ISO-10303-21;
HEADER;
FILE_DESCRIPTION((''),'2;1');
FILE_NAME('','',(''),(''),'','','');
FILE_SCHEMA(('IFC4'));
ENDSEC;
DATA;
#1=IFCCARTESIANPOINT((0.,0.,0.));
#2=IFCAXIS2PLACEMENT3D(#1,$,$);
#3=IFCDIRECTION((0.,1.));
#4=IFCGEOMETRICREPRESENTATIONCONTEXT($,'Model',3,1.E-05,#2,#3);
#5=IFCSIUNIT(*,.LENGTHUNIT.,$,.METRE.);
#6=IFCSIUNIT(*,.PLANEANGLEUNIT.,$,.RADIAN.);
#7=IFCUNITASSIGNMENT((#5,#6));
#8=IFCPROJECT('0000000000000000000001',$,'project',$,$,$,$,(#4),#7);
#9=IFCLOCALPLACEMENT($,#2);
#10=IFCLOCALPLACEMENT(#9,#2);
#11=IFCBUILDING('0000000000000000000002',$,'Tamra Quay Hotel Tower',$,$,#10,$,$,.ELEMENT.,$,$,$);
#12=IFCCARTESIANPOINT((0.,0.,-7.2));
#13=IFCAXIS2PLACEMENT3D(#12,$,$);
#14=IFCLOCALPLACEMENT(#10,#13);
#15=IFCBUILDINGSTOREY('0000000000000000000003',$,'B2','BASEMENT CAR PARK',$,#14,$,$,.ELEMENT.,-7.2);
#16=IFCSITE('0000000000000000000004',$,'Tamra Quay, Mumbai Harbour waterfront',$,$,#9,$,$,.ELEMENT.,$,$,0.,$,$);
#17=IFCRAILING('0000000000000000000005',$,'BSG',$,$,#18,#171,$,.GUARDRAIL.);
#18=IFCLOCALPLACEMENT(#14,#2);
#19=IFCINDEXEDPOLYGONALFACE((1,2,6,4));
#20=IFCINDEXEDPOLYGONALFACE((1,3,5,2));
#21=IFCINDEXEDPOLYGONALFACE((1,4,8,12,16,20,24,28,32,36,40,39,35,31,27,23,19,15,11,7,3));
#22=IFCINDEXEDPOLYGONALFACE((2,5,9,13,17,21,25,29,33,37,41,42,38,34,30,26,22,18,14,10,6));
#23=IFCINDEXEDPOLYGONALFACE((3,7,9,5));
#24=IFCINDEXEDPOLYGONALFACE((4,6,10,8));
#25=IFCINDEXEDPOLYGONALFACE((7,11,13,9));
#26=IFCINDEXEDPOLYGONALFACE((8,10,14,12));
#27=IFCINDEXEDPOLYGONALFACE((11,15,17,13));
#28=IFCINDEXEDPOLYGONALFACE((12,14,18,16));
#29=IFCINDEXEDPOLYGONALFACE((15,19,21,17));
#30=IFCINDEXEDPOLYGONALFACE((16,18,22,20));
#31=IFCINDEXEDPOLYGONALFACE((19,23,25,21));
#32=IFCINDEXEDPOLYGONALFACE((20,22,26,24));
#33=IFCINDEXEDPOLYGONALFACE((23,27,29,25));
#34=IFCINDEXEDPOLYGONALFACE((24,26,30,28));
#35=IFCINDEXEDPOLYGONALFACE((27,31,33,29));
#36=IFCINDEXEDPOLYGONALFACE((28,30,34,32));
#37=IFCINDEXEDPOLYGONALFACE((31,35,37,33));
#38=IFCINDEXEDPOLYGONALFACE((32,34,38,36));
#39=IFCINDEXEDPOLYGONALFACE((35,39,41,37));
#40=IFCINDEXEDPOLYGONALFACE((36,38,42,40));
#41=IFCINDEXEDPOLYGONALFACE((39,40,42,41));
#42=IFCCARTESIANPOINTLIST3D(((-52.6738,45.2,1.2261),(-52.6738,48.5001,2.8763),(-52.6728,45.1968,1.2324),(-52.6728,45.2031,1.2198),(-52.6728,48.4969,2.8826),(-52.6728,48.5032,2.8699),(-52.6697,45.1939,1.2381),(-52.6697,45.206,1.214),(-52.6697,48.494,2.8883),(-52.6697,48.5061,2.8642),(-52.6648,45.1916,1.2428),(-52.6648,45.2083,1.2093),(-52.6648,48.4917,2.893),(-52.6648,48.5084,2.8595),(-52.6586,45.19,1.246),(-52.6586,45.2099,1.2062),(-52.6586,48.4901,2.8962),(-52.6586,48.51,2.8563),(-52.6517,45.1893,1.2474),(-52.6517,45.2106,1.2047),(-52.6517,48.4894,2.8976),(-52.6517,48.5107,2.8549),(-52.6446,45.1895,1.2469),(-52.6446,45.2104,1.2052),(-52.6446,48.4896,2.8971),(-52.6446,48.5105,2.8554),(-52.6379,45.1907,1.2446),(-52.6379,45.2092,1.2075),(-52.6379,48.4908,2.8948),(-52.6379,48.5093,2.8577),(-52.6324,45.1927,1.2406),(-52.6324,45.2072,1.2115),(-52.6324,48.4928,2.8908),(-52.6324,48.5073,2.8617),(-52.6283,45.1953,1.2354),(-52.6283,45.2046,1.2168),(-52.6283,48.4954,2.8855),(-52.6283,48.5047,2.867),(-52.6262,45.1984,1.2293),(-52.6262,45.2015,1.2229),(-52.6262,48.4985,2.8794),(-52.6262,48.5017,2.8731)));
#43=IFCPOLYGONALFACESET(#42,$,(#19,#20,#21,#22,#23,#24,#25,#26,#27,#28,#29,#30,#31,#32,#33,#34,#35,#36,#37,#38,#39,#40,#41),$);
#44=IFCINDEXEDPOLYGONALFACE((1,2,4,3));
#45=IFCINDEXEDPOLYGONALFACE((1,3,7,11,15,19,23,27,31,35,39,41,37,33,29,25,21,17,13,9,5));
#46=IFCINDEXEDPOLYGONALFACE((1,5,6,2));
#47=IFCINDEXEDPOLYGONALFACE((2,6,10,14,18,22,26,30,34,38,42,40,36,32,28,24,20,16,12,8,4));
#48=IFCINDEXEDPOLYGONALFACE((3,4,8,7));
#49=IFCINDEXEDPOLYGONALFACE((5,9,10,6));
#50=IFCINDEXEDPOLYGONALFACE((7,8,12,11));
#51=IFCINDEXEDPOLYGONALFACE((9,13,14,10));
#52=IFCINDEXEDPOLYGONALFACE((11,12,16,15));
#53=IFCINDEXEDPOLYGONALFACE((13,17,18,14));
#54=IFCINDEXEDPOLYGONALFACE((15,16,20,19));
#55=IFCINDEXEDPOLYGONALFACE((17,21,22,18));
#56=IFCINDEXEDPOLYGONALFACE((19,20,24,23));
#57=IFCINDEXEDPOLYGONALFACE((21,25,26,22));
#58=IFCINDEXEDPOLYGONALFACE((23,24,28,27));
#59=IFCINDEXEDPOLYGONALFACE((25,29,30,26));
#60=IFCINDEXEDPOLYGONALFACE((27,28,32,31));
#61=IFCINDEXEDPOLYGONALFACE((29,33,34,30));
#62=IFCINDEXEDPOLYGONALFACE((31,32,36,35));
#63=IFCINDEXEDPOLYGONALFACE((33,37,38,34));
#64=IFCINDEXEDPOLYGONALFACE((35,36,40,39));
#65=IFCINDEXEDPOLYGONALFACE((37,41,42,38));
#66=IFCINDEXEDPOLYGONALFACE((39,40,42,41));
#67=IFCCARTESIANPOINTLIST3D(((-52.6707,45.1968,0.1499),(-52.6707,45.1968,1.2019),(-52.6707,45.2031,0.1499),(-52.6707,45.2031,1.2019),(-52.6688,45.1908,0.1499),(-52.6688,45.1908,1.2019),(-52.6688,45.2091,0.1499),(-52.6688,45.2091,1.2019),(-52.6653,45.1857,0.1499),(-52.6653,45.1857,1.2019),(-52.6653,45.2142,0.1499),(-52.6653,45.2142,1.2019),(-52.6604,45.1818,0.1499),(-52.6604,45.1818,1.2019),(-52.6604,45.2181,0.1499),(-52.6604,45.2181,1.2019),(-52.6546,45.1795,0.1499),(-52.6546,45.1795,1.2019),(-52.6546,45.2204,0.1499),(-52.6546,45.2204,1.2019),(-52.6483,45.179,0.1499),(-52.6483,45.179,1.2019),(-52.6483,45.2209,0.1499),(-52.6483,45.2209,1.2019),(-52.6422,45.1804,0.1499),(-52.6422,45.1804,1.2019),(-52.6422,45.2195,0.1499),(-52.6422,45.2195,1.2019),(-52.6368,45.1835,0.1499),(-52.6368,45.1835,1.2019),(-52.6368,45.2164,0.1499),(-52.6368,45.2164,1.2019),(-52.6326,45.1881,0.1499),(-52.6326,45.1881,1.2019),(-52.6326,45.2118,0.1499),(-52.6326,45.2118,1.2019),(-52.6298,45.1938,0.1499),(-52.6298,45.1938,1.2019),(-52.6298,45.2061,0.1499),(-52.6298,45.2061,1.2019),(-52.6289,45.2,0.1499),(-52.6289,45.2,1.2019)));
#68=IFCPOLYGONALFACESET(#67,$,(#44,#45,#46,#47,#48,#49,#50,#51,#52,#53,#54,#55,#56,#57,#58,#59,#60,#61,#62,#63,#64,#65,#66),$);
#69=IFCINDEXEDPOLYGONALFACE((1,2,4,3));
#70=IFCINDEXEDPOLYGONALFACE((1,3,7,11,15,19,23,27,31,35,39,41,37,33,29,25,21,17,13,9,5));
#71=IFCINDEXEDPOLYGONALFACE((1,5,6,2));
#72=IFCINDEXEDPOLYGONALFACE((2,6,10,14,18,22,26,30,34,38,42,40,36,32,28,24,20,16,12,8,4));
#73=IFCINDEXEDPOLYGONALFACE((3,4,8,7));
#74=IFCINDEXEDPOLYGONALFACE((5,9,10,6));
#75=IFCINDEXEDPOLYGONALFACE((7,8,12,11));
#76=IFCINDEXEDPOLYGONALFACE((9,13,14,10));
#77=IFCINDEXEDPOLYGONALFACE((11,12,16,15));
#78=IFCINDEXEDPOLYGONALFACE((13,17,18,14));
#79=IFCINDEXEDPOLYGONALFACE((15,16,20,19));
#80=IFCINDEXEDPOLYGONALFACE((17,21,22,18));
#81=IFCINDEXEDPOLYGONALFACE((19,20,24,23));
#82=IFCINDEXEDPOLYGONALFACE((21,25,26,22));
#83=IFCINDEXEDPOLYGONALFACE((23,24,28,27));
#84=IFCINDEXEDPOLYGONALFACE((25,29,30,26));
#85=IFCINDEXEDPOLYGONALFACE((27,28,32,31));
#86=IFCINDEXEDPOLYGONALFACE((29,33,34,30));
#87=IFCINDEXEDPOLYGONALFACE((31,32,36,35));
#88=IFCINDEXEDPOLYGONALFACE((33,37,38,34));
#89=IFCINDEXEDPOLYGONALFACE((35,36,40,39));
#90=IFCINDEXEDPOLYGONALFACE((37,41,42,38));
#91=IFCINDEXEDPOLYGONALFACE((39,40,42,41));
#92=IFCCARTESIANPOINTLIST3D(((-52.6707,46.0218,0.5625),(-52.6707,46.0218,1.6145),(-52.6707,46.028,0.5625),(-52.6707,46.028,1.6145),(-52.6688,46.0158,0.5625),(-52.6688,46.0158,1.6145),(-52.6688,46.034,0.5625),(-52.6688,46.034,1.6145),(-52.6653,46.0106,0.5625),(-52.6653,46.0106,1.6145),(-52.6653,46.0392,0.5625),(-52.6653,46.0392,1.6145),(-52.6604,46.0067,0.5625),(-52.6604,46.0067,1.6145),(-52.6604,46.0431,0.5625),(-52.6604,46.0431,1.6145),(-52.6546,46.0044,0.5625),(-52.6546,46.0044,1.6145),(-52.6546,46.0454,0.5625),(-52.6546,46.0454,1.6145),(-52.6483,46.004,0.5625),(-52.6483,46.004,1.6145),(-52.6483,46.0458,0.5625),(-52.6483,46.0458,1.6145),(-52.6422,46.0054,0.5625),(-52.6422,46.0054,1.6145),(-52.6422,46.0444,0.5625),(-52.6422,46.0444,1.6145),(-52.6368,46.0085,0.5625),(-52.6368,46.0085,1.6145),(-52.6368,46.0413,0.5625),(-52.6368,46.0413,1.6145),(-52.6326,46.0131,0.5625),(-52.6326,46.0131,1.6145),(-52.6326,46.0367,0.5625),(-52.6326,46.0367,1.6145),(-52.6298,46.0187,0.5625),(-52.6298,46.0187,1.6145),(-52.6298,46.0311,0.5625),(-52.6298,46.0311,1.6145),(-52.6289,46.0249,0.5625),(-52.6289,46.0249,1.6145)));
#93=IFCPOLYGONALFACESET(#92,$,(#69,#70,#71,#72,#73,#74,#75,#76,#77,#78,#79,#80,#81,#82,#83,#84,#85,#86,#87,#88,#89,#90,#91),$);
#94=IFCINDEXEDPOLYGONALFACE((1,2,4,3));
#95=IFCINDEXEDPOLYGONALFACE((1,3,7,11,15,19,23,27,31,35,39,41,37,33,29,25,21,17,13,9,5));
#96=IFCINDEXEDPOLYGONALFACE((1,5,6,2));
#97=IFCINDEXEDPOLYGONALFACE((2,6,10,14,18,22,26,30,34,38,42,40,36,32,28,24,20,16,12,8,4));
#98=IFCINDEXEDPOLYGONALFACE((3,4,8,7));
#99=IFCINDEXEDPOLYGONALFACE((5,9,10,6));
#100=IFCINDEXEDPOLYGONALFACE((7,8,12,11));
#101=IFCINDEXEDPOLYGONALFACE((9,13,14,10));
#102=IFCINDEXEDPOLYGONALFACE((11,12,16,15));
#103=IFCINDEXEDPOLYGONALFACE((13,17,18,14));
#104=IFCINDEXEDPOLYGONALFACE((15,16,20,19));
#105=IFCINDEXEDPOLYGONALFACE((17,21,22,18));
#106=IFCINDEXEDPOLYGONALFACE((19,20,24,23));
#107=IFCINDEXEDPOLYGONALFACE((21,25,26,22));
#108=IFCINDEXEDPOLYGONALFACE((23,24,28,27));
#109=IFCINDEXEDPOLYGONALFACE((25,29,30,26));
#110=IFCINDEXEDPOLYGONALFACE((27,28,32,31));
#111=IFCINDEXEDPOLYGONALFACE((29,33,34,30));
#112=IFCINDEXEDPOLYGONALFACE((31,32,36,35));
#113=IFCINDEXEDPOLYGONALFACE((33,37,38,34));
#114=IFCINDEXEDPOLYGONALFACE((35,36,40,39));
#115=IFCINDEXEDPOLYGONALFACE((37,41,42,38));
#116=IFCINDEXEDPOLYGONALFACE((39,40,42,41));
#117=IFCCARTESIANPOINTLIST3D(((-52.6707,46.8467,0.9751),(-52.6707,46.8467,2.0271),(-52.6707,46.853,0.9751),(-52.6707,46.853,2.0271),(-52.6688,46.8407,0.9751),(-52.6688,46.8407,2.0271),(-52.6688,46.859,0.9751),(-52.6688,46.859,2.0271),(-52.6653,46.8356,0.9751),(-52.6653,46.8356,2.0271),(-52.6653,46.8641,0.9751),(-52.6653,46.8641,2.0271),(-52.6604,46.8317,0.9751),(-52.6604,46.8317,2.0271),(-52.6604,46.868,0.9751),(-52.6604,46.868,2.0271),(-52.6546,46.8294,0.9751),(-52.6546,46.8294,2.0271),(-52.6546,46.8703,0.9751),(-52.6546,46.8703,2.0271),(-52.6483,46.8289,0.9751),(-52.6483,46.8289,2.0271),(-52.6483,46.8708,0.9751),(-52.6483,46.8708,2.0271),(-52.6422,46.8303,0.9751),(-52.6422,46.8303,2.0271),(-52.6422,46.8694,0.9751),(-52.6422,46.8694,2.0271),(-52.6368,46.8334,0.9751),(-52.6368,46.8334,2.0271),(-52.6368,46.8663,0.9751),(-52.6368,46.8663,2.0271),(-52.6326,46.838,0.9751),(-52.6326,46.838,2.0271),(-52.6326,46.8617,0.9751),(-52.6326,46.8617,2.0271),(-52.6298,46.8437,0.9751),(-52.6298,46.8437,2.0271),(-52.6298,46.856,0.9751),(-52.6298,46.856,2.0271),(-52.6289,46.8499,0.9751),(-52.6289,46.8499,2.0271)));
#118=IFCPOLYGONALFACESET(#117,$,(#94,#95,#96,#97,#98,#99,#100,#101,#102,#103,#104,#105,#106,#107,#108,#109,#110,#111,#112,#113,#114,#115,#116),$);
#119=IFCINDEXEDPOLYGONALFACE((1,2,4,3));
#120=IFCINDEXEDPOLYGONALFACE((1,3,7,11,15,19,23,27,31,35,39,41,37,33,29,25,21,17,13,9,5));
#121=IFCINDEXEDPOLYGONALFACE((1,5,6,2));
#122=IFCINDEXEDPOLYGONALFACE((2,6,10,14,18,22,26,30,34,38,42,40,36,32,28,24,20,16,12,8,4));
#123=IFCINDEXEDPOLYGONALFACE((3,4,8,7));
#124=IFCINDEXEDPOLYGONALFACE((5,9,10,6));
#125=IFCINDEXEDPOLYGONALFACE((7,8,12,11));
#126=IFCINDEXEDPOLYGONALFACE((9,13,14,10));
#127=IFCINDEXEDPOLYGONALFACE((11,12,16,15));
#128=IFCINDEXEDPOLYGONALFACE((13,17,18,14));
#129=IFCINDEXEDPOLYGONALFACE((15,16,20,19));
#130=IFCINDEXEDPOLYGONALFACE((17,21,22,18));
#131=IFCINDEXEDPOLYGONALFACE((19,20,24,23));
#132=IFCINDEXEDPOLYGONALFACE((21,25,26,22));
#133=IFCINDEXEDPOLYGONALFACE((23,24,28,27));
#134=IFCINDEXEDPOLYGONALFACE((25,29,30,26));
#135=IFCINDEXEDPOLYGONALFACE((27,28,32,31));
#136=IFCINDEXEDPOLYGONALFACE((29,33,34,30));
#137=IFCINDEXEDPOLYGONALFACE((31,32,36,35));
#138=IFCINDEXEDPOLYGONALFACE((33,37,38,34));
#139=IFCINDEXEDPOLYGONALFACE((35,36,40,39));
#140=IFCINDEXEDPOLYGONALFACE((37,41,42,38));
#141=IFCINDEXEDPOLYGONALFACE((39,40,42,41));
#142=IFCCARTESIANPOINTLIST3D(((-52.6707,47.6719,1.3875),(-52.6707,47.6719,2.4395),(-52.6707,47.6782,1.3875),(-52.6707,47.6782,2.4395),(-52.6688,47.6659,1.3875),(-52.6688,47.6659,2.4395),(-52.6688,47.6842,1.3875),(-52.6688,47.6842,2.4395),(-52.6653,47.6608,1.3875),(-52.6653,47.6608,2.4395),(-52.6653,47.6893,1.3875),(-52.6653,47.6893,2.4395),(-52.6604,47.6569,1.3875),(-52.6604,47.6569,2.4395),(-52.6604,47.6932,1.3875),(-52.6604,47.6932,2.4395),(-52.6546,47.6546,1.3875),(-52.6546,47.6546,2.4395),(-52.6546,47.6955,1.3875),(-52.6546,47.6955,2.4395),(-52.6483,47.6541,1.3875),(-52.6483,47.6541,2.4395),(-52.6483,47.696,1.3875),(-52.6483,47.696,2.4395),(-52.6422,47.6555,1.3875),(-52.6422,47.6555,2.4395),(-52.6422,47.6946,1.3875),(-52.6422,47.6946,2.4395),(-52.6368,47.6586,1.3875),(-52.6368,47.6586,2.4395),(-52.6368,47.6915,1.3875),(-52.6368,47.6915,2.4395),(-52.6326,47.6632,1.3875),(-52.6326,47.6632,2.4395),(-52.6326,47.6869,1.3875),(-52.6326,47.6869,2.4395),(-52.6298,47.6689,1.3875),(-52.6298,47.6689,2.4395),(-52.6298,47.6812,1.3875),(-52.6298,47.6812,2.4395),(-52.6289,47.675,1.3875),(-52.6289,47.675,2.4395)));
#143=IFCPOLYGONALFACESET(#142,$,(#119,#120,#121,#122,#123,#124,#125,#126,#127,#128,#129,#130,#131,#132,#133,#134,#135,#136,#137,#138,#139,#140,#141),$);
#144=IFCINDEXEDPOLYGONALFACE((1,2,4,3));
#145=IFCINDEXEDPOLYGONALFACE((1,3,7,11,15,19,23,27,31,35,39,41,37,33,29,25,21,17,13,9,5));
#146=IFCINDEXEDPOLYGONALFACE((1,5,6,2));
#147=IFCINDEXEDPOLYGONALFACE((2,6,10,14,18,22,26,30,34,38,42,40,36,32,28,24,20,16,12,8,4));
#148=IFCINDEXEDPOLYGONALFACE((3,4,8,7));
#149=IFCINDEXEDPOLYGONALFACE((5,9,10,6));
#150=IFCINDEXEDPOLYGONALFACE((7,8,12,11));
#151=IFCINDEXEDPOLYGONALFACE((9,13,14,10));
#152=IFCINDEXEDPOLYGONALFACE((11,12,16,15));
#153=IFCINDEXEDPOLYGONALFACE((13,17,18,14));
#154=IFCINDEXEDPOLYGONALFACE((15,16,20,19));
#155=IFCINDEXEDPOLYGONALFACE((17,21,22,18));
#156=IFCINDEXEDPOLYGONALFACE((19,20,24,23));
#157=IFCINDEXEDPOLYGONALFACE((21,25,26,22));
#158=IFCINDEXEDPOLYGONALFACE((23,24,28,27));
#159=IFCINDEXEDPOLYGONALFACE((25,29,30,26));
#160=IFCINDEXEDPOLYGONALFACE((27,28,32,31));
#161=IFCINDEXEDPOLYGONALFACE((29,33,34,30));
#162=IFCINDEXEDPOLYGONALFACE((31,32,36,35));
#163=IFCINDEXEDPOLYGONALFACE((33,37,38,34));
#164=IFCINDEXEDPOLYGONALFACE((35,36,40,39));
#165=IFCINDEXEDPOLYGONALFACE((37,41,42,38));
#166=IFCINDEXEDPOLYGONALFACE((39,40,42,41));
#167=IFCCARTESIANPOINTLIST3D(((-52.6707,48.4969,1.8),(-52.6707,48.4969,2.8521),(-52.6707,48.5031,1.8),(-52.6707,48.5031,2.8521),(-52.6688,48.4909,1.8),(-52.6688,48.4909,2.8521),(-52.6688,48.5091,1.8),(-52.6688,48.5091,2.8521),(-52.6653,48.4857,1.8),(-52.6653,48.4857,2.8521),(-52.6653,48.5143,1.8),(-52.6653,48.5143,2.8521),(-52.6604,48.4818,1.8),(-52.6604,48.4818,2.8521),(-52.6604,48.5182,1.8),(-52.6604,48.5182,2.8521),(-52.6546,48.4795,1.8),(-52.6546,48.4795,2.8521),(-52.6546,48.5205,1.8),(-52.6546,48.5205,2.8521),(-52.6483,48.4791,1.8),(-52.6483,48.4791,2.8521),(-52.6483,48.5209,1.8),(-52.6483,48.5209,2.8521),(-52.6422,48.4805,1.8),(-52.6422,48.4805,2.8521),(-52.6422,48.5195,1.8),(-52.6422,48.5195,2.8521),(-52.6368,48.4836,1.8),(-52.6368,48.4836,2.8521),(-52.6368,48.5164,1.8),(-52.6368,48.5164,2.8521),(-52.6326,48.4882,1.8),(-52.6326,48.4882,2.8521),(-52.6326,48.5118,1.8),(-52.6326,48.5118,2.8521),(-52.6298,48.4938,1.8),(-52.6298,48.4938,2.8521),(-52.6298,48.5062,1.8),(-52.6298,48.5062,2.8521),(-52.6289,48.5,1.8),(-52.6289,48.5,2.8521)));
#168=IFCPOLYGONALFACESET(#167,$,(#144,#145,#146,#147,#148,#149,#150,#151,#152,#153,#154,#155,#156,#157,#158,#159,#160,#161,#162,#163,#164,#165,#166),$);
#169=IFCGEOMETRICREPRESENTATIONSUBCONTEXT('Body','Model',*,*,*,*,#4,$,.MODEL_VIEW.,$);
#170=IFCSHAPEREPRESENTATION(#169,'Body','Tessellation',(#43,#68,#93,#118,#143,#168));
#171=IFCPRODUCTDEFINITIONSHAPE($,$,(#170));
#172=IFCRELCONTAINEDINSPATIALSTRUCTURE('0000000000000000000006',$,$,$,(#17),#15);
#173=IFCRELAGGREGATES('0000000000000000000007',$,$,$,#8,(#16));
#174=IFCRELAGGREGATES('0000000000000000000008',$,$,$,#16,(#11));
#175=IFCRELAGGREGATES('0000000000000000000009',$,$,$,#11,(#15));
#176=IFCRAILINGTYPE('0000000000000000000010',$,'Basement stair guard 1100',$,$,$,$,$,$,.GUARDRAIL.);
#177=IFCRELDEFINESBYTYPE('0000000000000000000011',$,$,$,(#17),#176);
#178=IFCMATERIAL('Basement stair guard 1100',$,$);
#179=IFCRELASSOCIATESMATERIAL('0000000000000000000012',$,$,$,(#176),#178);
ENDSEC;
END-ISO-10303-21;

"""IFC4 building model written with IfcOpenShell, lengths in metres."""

from ifc_helpers import new_model, si_unit, direction, frame, origin, origin_2d, place, context, subcontext, project, spatial, circle, extrude, material, type_object, element, save


model = new_model("IFC4")

# Units and contexts
model_context = context("Model", 3, precision=1e-05, world=origin(), true_north=direction((0.0, 1.0)))
body_context = subcontext(model_context, "Body", "Model", "MODEL_VIEW")
ifc_project = project(units=[si_unit("LENGTHUNIT", "METRE"), si_unit("PLANEANGLEUNIT", "RADIAN")], contexts=[model_context])

# Site, building, storey
site_placement = place(None, origin())
site = spatial("IfcSite", under=ifc_project, at=site_placement, Name="Tamra Quay, Mumbai Harbour waterfront", CompositionType="ELEMENT", RefElevation=0.0)
building_placement = place(site_placement, origin())
building = spatial("IfcBuilding", under=site, at=building_placement, Name="Tamra Quay Hotel Tower", CompositionType="ELEMENT")
storey_placement = place(building_placement, frame((0.0, 0.0, -7.2)))
storey = spatial("IfcBuildingStorey", under=building, at=storey_placement, Name="B2", Description="BASEMENT CAR PARK", CompositionType="ELEMENT", Elevation=-7.2)

# Railing
ifc_material_1 = material(Name="Basement stair guard 1100")
railing_type_1 = type_object("IfcRailingType", Name="Basement stair guard 1100", PredefinedType="GUARDRAIL", material=ifc_material_1)
railing_1_placement = place(storey_placement, frame((-52.6499, 45.2, 0.1499)))
element("IfcRailing", 1, at=railing_1_placement, inside=storey, type_object=railing_type_1, Name="BSG", PredefinedType="GUARDRAIL", context=body_context, shape_type="SweptSolid", body=[
    extrude(circle(Radius=0.0239, at=origin_2d()), frame((0.0, 0.0, 1.0762), z_axis=(0.0, 0.894414, 0.44724), x_axis=(-1.0, 0.0, 0.0)), (0.0, 0.0, 1.0), 3.6897),
    extrude(circle(Radius=0.021, at=origin_2d()), origin(), (0.0, 0.0, 1.0), 1.052),
    extrude(circle(Radius=0.021, at=origin_2d()), frame((0.0, 0.825, 0.4126)), (0.0, 0.0, 1.0), 1.052),
    extrude(circle(Radius=0.021, at=origin_2d()), frame((0.0, 1.6499, 0.8252)), (0.0, 0.0, 1.0), 1.052),
    extrude(circle(Radius=0.021, at=origin_2d()), frame((0.0, 2.4751, 1.2375)), (0.0, 0.0, 1.0), 1.052),
    extrude(circle(Radius=0.021, at=origin_2d()), frame((0.0, 3.3, 1.6501)), (0.0, 0.0, 1.0), 1.052),
])

save(model, "model.ifc")
